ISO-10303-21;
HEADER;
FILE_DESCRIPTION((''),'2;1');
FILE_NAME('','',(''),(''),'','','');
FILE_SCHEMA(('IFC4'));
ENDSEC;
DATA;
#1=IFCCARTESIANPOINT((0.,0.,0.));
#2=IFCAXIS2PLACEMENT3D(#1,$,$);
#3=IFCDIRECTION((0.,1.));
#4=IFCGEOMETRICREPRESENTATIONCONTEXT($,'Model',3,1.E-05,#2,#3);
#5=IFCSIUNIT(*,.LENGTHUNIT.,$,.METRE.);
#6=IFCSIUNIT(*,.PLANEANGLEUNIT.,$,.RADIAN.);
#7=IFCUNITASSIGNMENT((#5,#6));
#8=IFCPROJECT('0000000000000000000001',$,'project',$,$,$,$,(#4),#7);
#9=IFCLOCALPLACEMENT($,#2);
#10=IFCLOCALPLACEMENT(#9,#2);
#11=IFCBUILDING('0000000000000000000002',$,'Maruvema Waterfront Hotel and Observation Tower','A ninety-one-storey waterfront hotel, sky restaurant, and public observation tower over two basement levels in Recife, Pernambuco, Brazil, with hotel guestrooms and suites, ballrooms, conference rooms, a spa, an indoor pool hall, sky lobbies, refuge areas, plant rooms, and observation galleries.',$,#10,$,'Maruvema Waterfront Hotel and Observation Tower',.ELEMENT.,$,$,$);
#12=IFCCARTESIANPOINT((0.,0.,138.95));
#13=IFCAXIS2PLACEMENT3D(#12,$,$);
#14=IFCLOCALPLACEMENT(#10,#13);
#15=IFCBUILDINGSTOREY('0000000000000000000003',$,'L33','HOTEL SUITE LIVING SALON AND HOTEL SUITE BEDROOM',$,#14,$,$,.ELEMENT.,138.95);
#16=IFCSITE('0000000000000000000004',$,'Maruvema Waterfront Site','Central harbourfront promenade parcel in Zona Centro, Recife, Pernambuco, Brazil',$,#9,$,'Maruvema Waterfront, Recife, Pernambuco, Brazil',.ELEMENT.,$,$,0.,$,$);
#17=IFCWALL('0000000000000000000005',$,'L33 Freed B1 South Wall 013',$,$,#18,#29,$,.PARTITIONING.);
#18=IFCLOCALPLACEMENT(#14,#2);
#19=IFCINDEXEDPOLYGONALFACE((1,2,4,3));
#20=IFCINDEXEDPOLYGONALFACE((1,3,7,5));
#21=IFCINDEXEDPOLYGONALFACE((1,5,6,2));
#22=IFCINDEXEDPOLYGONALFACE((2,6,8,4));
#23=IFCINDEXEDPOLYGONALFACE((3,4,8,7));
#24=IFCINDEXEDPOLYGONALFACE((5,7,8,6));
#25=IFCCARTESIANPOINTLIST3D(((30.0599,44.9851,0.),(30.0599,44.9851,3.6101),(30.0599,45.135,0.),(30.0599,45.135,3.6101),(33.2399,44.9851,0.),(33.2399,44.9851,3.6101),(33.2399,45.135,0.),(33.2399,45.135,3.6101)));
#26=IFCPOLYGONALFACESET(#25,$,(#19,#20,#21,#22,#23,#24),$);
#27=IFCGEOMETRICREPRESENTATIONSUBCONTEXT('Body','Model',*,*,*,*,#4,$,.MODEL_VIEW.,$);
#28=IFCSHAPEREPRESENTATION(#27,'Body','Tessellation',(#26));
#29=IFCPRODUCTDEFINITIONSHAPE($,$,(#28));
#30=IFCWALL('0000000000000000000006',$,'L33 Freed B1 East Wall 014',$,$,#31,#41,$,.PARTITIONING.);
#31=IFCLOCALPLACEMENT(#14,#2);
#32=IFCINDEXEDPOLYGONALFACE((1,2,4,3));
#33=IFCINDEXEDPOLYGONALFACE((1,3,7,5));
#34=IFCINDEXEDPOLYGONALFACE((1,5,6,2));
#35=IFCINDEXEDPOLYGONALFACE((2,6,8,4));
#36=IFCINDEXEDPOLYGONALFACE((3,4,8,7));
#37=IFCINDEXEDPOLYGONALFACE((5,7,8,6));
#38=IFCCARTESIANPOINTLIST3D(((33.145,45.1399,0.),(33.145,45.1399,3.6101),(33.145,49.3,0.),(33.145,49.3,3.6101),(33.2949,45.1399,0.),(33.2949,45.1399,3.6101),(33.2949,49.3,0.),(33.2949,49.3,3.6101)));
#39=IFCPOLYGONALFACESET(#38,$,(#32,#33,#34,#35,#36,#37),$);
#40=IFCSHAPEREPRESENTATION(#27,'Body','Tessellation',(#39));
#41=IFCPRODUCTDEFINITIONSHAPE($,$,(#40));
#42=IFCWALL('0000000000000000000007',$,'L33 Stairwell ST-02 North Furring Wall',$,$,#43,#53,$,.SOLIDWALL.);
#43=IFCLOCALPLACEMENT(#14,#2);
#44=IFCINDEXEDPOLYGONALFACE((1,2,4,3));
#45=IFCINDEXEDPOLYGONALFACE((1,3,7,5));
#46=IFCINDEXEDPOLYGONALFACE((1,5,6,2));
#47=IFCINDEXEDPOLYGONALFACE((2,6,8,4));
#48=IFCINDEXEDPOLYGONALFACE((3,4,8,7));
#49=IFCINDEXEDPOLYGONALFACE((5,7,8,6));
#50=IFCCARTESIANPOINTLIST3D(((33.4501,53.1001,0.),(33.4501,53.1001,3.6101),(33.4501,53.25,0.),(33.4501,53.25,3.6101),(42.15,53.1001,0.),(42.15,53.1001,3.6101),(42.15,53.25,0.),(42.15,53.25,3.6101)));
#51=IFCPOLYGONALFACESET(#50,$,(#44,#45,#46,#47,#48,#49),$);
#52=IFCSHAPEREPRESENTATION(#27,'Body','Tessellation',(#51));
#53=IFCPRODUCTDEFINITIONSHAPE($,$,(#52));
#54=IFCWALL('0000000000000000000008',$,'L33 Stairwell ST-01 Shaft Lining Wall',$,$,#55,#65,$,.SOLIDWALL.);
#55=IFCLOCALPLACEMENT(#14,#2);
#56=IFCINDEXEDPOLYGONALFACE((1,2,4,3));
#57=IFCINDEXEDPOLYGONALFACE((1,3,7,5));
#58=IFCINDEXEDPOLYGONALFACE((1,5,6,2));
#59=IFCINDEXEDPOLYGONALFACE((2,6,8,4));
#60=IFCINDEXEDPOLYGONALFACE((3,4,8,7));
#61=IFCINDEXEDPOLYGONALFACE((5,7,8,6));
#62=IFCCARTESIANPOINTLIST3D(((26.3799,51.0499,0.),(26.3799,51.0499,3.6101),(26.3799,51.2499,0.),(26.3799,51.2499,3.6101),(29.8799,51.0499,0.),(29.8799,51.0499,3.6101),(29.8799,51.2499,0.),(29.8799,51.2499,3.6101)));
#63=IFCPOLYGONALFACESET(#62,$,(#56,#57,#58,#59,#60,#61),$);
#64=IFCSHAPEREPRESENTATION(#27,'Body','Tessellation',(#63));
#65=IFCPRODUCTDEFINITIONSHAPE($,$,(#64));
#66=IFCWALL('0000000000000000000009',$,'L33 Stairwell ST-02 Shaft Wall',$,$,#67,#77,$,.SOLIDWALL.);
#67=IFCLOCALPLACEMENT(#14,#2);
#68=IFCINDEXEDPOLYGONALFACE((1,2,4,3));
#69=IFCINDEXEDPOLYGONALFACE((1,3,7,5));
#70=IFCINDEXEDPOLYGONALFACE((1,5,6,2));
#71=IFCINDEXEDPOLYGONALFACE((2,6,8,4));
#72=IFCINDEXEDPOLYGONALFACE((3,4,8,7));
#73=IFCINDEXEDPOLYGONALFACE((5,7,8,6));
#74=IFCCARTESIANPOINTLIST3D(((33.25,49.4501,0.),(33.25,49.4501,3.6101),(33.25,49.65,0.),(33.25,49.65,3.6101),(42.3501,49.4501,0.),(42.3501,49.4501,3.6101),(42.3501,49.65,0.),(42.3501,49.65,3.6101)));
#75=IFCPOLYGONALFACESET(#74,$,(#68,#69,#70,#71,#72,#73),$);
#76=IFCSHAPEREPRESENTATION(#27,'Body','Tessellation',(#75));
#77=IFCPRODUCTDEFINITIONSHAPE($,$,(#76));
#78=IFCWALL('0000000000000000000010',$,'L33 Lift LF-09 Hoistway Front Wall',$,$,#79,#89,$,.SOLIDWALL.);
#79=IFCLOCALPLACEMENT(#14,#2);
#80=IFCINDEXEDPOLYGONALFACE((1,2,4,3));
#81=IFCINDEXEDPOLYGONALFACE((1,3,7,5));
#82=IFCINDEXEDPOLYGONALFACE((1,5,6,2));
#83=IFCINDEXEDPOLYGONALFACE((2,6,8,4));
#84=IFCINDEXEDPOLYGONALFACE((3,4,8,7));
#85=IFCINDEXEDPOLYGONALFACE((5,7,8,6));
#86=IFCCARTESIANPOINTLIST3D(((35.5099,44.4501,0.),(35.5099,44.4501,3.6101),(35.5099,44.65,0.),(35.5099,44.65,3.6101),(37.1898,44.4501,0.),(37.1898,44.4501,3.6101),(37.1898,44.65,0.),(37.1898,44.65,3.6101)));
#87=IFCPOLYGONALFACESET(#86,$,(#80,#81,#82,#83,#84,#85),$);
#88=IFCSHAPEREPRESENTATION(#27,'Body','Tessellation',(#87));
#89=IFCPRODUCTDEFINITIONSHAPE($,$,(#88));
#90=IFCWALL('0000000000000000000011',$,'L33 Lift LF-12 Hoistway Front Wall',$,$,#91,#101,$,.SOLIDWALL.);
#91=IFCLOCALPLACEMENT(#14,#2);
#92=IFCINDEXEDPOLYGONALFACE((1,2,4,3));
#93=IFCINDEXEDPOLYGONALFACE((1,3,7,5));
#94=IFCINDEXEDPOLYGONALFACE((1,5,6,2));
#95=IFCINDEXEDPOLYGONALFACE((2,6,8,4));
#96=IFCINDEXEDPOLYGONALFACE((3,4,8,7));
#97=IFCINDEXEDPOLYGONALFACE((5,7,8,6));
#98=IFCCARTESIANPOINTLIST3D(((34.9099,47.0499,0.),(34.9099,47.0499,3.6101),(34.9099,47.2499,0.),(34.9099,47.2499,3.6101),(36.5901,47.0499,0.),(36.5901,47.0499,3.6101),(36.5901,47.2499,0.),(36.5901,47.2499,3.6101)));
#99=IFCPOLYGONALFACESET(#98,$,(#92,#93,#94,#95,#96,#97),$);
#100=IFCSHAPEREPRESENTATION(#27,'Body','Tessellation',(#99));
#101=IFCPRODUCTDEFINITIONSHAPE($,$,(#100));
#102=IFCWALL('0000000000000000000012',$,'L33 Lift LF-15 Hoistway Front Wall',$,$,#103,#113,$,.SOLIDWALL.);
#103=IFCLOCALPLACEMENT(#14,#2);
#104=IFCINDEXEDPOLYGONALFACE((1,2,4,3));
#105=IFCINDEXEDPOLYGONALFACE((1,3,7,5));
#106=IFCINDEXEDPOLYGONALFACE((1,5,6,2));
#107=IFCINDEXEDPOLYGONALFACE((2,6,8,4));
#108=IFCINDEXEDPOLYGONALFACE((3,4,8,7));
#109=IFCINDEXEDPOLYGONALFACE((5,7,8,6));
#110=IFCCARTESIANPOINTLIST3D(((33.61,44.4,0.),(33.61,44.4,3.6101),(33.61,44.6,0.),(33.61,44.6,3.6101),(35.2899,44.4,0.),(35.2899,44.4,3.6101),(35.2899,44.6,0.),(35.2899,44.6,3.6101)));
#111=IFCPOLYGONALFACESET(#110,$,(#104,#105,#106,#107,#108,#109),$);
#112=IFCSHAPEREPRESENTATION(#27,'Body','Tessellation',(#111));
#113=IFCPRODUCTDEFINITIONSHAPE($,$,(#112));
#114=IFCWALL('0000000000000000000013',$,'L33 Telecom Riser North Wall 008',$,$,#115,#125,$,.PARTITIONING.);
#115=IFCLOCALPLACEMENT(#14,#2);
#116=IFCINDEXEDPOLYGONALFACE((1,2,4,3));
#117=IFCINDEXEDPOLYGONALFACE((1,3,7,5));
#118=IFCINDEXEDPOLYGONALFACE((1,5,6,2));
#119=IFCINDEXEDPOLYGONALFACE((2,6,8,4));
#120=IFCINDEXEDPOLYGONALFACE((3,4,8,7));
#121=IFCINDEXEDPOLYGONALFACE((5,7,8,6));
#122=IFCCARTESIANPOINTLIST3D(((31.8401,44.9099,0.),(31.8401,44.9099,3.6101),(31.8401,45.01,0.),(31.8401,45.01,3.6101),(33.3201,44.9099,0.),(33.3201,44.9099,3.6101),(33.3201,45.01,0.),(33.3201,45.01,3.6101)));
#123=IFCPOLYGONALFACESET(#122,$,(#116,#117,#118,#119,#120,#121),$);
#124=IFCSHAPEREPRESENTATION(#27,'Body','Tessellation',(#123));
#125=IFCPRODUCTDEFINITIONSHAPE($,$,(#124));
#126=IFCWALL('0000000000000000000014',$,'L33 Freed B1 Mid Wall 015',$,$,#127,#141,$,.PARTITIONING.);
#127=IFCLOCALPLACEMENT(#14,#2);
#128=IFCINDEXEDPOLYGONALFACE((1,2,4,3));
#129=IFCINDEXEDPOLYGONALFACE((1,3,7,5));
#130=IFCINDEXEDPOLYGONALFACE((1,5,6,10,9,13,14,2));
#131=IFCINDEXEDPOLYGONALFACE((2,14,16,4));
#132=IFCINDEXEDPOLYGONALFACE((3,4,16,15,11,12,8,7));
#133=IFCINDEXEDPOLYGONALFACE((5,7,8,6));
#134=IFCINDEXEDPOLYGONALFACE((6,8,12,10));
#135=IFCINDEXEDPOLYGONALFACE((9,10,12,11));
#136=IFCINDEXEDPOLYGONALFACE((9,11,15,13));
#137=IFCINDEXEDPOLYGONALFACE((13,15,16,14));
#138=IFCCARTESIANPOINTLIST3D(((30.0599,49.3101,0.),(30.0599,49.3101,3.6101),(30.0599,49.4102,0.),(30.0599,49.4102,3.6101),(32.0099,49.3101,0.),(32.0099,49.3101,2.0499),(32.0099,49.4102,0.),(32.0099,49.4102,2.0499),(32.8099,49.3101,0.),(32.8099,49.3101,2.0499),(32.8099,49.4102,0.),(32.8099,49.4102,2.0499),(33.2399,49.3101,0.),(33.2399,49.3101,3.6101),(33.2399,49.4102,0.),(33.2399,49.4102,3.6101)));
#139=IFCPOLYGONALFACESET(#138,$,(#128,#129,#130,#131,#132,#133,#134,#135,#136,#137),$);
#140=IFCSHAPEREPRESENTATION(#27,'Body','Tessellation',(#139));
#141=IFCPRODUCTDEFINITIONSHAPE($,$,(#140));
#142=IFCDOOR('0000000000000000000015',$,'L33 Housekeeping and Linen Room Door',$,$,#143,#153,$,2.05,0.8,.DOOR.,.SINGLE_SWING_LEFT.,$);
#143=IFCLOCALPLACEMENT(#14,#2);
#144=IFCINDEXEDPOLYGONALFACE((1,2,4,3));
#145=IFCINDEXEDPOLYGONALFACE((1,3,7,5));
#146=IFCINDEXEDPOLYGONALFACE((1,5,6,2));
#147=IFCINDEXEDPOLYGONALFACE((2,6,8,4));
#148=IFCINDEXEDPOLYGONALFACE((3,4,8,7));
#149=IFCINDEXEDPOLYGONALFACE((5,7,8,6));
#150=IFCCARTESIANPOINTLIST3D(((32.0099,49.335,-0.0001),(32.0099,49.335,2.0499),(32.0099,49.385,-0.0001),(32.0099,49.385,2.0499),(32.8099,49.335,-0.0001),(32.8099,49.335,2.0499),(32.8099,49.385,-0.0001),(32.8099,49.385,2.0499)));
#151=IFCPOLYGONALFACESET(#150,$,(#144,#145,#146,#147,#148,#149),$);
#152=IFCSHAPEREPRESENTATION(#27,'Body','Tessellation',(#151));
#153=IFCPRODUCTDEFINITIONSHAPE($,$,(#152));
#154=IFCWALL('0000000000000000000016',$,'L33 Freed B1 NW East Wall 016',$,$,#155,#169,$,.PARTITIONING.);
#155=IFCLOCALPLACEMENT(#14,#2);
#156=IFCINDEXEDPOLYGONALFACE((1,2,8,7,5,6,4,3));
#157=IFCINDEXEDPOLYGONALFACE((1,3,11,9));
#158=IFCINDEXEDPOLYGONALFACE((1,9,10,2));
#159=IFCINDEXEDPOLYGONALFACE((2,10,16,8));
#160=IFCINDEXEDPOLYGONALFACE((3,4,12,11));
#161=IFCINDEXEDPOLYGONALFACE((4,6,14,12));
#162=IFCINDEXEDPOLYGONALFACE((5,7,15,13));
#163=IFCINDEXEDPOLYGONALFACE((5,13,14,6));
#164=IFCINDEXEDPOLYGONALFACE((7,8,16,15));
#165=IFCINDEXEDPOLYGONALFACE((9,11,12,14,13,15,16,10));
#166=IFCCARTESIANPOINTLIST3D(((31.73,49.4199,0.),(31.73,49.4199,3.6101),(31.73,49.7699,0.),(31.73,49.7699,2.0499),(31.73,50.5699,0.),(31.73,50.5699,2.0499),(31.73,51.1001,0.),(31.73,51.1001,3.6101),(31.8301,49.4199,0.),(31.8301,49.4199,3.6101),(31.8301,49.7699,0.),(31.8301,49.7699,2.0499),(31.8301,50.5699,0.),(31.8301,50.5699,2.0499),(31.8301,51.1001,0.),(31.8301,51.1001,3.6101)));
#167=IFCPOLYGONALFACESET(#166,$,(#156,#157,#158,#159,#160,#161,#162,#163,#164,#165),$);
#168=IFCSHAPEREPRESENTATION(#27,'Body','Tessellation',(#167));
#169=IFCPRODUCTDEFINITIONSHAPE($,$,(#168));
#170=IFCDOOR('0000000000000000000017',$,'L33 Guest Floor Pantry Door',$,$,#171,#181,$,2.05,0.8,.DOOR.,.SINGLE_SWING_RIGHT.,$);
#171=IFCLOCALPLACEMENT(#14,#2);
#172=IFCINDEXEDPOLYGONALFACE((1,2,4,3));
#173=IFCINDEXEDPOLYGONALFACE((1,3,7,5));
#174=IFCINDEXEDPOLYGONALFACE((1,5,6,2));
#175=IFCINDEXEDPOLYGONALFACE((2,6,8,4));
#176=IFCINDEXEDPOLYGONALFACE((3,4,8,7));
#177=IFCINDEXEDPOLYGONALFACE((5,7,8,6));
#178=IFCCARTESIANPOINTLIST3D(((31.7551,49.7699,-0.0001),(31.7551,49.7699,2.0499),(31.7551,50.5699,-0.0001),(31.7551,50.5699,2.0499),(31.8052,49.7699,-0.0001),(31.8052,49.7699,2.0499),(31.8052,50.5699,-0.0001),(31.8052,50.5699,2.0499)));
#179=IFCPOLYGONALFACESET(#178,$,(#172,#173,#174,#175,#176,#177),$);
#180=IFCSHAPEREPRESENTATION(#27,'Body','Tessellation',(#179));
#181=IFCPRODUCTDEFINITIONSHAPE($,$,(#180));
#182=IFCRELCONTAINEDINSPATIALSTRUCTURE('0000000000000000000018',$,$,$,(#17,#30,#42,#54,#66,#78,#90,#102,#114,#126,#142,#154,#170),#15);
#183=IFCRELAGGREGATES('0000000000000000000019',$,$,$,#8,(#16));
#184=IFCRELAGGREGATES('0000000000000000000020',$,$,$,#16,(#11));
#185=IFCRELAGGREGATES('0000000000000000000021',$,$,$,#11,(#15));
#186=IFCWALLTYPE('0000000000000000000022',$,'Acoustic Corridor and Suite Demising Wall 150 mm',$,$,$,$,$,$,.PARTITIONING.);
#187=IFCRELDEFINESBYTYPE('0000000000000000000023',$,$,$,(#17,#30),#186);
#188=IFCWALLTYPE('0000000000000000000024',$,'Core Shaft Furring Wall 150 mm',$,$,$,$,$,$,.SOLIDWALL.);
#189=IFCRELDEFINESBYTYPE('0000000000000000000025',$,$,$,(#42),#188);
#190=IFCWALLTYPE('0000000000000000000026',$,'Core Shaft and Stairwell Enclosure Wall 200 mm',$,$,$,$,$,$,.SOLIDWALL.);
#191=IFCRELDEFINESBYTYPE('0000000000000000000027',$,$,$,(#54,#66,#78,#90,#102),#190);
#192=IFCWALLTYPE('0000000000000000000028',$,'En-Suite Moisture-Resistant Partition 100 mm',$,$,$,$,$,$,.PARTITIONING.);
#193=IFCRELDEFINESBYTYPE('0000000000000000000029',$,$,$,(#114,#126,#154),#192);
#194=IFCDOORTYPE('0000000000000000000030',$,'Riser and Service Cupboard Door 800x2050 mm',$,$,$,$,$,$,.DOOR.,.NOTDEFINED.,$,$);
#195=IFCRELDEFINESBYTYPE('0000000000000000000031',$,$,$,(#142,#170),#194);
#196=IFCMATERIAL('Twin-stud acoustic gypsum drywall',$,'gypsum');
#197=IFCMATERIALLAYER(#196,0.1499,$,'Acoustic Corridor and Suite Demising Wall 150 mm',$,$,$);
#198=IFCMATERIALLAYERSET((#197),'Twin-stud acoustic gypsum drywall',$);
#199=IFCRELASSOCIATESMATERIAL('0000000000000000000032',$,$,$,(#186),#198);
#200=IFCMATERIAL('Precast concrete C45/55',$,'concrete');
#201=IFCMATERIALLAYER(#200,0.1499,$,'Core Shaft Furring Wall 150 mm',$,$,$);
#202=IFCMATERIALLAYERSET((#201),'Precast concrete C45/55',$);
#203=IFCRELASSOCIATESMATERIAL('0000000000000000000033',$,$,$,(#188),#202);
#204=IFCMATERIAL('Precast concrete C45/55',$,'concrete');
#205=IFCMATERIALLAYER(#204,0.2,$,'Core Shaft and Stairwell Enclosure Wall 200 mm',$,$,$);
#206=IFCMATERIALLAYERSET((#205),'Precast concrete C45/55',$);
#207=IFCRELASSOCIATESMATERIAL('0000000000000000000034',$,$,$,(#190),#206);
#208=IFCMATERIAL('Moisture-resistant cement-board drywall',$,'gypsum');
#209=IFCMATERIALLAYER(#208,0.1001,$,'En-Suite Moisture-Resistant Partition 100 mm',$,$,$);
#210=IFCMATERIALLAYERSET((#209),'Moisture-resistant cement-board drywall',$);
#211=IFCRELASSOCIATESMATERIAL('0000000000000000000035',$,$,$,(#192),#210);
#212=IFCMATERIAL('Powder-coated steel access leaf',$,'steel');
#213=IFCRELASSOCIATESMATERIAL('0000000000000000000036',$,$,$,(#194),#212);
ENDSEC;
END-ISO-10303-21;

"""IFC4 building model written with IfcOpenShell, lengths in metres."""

from ifc_helpers import new_model, si_unit, direction, frame, frame_2d, origin, place, context, subcontext, project, spatial, rectangle, extrude, material, layer, layer_set, type_object, element, fill, save


model = new_model("IFC4")

# Units and contexts
model_context = context("Model", 3, precision=1e-05, world=origin(), true_north=direction((0.0, 1.0)))
body_context = subcontext(model_context, "Body", "Model", "MODEL_VIEW")
ifc_project = project(units=[si_unit("LENGTHUNIT", "METRE"), si_unit("PLANEANGLEUNIT", "RADIAN")], contexts=[model_context])

# Site, building, storey
site_placement = place(None, origin())
site = spatial("IfcSite", under=ifc_project, at=site_placement, Name="Maruvema Waterfront Site", Description="Central harbourfront promenade parcel in Zona Centro, Recife, Pernambuco, Brazil", LongName="Maruvema Waterfront, Recife, Pernambuco, Brazil", CompositionType="ELEMENT", RefElevation=0.0)
building_placement = place(site_placement, origin())
building = spatial("IfcBuilding", under=site, at=building_placement, Name="Maruvema Waterfront Hotel and Observation Tower", Description="A ninety-one-storey waterfront hotel, sky restaurant, and public observation tower over two basement levels in Recife, Pernambuco, Brazil, with hotel guestrooms and suites, ballrooms, conference rooms, a spa, an indoor pool hall, sky lobbies, refuge areas, plant rooms, and observation galleries.", LongName="Maruvema Waterfront Hotel and Observation Tower", CompositionType="ELEMENT")
storey_placement = place(building_placement, frame((0.0, 0.0, 138.95)))
storey = spatial("IfcBuildingStorey", under=building, at=storey_placement, Name="L33", Description="HOTEL SUITE LIVING SALON AND HOTEL SUITE BEDROOM", CompositionType="ELEMENT", Elevation=138.95)

# Walls
ifc_material_1 = material(Name="Twin-stud acoustic gypsum drywall", Category="gypsum")
ifc_layer_1 = layer(ifc_material_1, 0.1499, Name="Acoustic Corridor and Suite Demising Wall 150 mm")
ifc_layer_set_1 = layer_set([ifc_layer_1], Name="Twin-stud acoustic gypsum drywall")
wall_type_1 = type_object("IfcWallType", Name="Acoustic Corridor and Suite Demising Wall 150 mm", PredefinedType="PARTITIONING", material=ifc_layer_set_1)
wall_1_placement = place(storey_placement, frame((30.0601, 45.0601, 0.0), z_axis=(0.0, 0.0, 1.0), x_axis=(1.0, 0.0, 0.0)))
element("IfcWall", 1, at=wall_1_placement, inside=storey, type_object=wall_type_1, Name="L33 Freed B1 South Wall 013", PredefinedType="PARTITIONING", context=body_context, shape_type="SweptSolid", body=[
    extrude(rectangle(XDim=3.1799, YDim=0.1499, at=frame_2d((1.5898, 0.0))), origin(), (0.0, 0.0, 1.0), 3.6101),
])
wall_2_placement = place(storey_placement, frame((33.22, 45.1399, 0.0), z_axis=(0.0, 0.0, 1.0), x_axis=(0.0, 1.0, 0.0)))
element("IfcWall", 2, at=wall_2_placement, inside=storey, type_object=wall_type_1, Name="L33 Freed B1 East Wall 014", PredefinedType="PARTITIONING", context=body_context, shape_type="SweptSolid", body=[
    extrude(rectangle(XDim=4.1602, YDim=0.1499, at=frame_2d((2.0801, 0.0))), origin(), (0.0, 0.0, 1.0), 3.6101),
])
ifc_material_2 = material(Name="Precast concrete C45/55", Category="concrete")
ifc_layer_2 = layer(ifc_material_2, 0.1499, Name="Core Shaft Furring Wall 150 mm")
ifc_layer_set_2 = layer_set([ifc_layer_2], Name="Precast concrete C45/55")
wall_type_2 = type_object("IfcWallType", Name="Core Shaft Furring Wall 150 mm", PredefinedType="SOLIDWALL", material=ifc_layer_set_2)
wall_3_placement = place(storey_placement, frame((33.45, 53.175, 0.0), z_axis=(0.0, 0.0, 1.0), x_axis=(1.0, 0.0, 0.0)))
element("IfcWall", 3, at=wall_3_placement, inside=storey, type_object=wall_type_2, Name="L33 Stairwell ST-02 North Furring Wall", PredefinedType="SOLIDWALL", context=body_context, shape_type="SweptSolid", body=[
    extrude(rectangle(XDim=8.7, YDim=0.1499, at=frame_2d((4.3501, 0.0))), origin(), (0.0, 0.0, 1.0), 3.6101),
])
ifc_material_3 = material(Name="Precast concrete C45/55", Category="concrete")
ifc_layer_3 = layer(ifc_material_3, 0.2, Name="Core Shaft and Stairwell Enclosure Wall 200 mm")
ifc_layer_set_3 = layer_set([ifc_layer_3], Name="Precast concrete C45/55")
wall_type_3 = type_object("IfcWallType", Name="Core Shaft and Stairwell Enclosure Wall 200 mm", PredefinedType="SOLIDWALL", material=ifc_layer_set_3)
wall_4_placement = place(storey_placement, frame((26.3799, 51.1499, 0.0), z_axis=(0.0, 0.0, 1.0), x_axis=(1.0, 0.0, 0.0)))
element("IfcWall", 4, at=wall_4_placement, inside=storey, type_object=wall_type_3, Name="L33 Stairwell ST-01 Shaft Lining Wall", PredefinedType="SOLIDWALL", context=body_context, shape_type="SweptSolid", body=[
    extrude(rectangle(XDim=3.5, YDim=0.2, at=frame_2d((1.75, 0.0))), origin(), (0.0, 0.0, 1.0), 3.6101),
])
wall_5_placement = place(storey_placement, frame((33.25, 49.55, 0.0), z_axis=(0.0, 0.0, 1.0), x_axis=(1.0, 0.0, 0.0)))
element("IfcWall", 5, at=wall_5_placement, inside=storey, type_object=wall_type_3, Name="L33 Stairwell ST-02 Shaft Wall", PredefinedType="SOLIDWALL", context=body_context, shape_type="SweptSolid", body=[
    extrude(rectangle(XDim=9.1001, YDim=0.2, at=frame_2d((4.55, 0.0))), origin(), (0.0, 0.0, 1.0), 3.6101),
])

# Walls
wall_6_placement = place(storey_placement, frame((35.51, 44.55, 0.0), z_axis=(0.0, 0.0, 1.0), x_axis=(1.0, 0.0, 0.0)))
element("IfcWall", 6, at=wall_6_placement, inside=storey, type_object=wall_type_3, Name="L33 Lift LF-09 Hoistway Front Wall", PredefinedType="SOLIDWALL", context=body_context, shape_type="SweptSolid", body=[
    extrude(rectangle(XDim=1.6799, YDim=0.2, at=frame_2d((0.8398, 0.0))), origin(), (0.0, 0.0, 1.0), 3.6101),
])
wall_7_placement = place(storey_placement, frame((34.9099, 47.1499, 0.0), z_axis=(0.0, 0.0, 1.0), x_axis=(1.0, 0.0, 0.0)))
element("IfcWall", 7, at=wall_7_placement, inside=storey, type_object=wall_type_3, Name="L33 Lift LF-12 Hoistway Front Wall", PredefinedType="SOLIDWALL", context=body_context, shape_type="SweptSolid", body=[
    extrude(rectangle(XDim=1.6802, YDim=0.2, at=frame_2d((0.8401, 0.0))), origin(), (0.0, 0.0, 1.0), 3.6101),
])
wall_8_placement = place(storey_placement, frame((33.6101, 44.5, 0.0), z_axis=(0.0, 0.0, 1.0), x_axis=(1.0, 0.0, 0.0)))
element("IfcWall", 8, at=wall_8_placement, inside=storey, type_object=wall_type_3, Name="L33 Lift LF-15 Hoistway Front Wall", PredefinedType="SOLIDWALL", context=body_context, shape_type="SweptSolid", body=[
    extrude(rectangle(XDim=1.6799, YDim=0.2, at=frame_2d((0.8398, 0.0))), origin(), (0.0, 0.0, 1.0), 3.6101),
])
ifc_material_4 = material(Name="Moisture-resistant cement-board drywall", Category="gypsum")
ifc_layer_4 = layer(ifc_material_4, 0.1001, Name="En-Suite Moisture-Resistant Partition 100 mm")
ifc_layer_set_4 = layer_set([ifc_layer_4], Name="Moisture-resistant cement-board drywall")
wall_type_4 = type_object("IfcWallType", Name="En-Suite Moisture-Resistant Partition 100 mm", PredefinedType="PARTITIONING", material=ifc_layer_set_4)
wall_9_placement = place(storey_placement, frame((31.8401, 44.96, 0.0), z_axis=(0.0, 0.0, 1.0), x_axis=(1.0, 0.0, 0.0)))
element("IfcWall", 9, at=wall_9_placement, inside=storey, type_object=wall_type_4, Name="L33 Telecom Riser North Wall 008", PredefinedType="PARTITIONING", context=body_context, shape_type="SweptSolid", body=[
    extrude(rectangle(XDim=1.48, YDim=0.1001, at=frame_2d((0.74, 0.0))), origin(), (0.0, 0.0, 1.0), 3.6101),
])

# Walls, openings, doors
wall_10_placement = place(storey_placement, frame((30.0601, 49.3601, 0.0), z_axis=(0.0, 0.0, 1.0), x_axis=(1.0, 0.0, 0.0)))
wall_10 = element("IfcWall", 10, at=wall_10_placement, inside=storey, type_object=wall_type_4, Name="L33 Freed B1 Mid Wall 015", PredefinedType="PARTITIONING", context=body_context, shape_type="SweptSolid", body=[
    extrude(rectangle(XDim=3.1799, YDim=0.1001, at=frame_2d((1.5898, 0.0))), origin(), (0.0, 0.0, 1.0), 3.6101),
])
opening_1_placement = place(wall_10_placement, frame((1.95, 0.0, 0.0)))
opening_1 = element("IfcOpeningElement", 11, at=opening_1_placement, cuts=wall_10, PredefinedType="OPENING", context=body_context, shape_type="SweptSolid", body=[
    extrude(rectangle(XDim=0.8, YDim=2.05, at=frame_2d((0.3999, 1.0249))), frame((0.0, 0.0601, 0.0), z_axis=(0.0, -1.0, 0.0), x_axis=(1.0, 0.0, 0.0)), (0.0, 0.0, 1.0), 0.1201),
])
ifc_material_5 = material(Name="Powder-coated steel access leaf", Category="steel")
door_type_1 = type_object("IfcDoorType", Name="Riser and Service Cupboard Door 800x2050 mm", OperationType="NOTDEFINED", PredefinedType="DOOR", material=ifc_material_5)
door_1_placement = place(opening_1_placement, origin())
door_1 = element("IfcDoor", 12, at=door_1_placement, inside=storey, type_object=door_type_1, Name="L33 Housekeeping and Linen Room Door", OperationType="SINGLE_SWING_LEFT", OverallHeight=2.05, OverallWidth=0.8, PredefinedType="DOOR", context=body_context, shape_type="SweptSolid", body=[
    extrude(rectangle(XDim=0.8, YDim=2.05, at=frame_2d((0.3999, 1.0249))), frame((0.0, 0.0249, 0.0), z_axis=(0.0, -1.0, 0.0), x_axis=(1.0, 0.0, 0.0)), (0.0, 0.0, 1.0), 0.05),
])
fill(opening_1, door_1)
wall_11_placement = place(storey_placement, frame((31.78, 49.4199, 0.0), z_axis=(0.0, 0.0, 1.0), x_axis=(0.0, 1.0, 0.0)))
wall_11 = element("IfcWall", 13, at=wall_11_placement, inside=storey, type_object=wall_type_4, Name="L33 Freed B1 NW East Wall 016", PredefinedType="PARTITIONING", context=body_context, shape_type="SweptSolid", body=[
    extrude(rectangle(XDim=1.6802, YDim=0.1001, at=frame_2d((0.8401, 0.0))), origin(), (0.0, 0.0, 1.0), 3.6101),
])
opening_2_placement = place(wall_11_placement, frame((0.3501, 0.0, 0.0)))
opening_2 = element("IfcOpeningElement", 14, at=opening_2_placement, cuts=wall_11, PredefinedType="OPENING", context=body_context, shape_type="SweptSolid", body=[
    extrude(rectangle(XDim=0.8, YDim=2.05, at=frame_2d((0.3999, 1.0249))), frame((0.0, 0.0601, 0.0), z_axis=(0.0, -1.0, 0.0), x_axis=(1.0, 0.0, 0.0)), (0.0, 0.0, 1.0), 0.1201),
])
door_2_placement = place(opening_2_placement, origin())
door_2 = element("IfcDoor", 15, at=door_2_placement, inside=storey, type_object=door_type_1, Name="L33 Guest Floor Pantry Door", OperationType="SINGLE_SWING_RIGHT", OverallHeight=2.05, OverallWidth=0.8, PredefinedType="DOOR", context=body_context, shape_type="SweptSolid", body=[
    extrude(rectangle(XDim=0.8, YDim=2.05, at=frame_2d((0.3999, 1.0249))), frame((0.0, 0.0249, 0.0), z_axis=(0.0, -1.0, 0.0), x_axis=(1.0, 0.0, 0.0)), (0.0, 0.0, 1.0), 0.05),
])
fill(opening_2, door_2)

save(model, "model.ifc")
